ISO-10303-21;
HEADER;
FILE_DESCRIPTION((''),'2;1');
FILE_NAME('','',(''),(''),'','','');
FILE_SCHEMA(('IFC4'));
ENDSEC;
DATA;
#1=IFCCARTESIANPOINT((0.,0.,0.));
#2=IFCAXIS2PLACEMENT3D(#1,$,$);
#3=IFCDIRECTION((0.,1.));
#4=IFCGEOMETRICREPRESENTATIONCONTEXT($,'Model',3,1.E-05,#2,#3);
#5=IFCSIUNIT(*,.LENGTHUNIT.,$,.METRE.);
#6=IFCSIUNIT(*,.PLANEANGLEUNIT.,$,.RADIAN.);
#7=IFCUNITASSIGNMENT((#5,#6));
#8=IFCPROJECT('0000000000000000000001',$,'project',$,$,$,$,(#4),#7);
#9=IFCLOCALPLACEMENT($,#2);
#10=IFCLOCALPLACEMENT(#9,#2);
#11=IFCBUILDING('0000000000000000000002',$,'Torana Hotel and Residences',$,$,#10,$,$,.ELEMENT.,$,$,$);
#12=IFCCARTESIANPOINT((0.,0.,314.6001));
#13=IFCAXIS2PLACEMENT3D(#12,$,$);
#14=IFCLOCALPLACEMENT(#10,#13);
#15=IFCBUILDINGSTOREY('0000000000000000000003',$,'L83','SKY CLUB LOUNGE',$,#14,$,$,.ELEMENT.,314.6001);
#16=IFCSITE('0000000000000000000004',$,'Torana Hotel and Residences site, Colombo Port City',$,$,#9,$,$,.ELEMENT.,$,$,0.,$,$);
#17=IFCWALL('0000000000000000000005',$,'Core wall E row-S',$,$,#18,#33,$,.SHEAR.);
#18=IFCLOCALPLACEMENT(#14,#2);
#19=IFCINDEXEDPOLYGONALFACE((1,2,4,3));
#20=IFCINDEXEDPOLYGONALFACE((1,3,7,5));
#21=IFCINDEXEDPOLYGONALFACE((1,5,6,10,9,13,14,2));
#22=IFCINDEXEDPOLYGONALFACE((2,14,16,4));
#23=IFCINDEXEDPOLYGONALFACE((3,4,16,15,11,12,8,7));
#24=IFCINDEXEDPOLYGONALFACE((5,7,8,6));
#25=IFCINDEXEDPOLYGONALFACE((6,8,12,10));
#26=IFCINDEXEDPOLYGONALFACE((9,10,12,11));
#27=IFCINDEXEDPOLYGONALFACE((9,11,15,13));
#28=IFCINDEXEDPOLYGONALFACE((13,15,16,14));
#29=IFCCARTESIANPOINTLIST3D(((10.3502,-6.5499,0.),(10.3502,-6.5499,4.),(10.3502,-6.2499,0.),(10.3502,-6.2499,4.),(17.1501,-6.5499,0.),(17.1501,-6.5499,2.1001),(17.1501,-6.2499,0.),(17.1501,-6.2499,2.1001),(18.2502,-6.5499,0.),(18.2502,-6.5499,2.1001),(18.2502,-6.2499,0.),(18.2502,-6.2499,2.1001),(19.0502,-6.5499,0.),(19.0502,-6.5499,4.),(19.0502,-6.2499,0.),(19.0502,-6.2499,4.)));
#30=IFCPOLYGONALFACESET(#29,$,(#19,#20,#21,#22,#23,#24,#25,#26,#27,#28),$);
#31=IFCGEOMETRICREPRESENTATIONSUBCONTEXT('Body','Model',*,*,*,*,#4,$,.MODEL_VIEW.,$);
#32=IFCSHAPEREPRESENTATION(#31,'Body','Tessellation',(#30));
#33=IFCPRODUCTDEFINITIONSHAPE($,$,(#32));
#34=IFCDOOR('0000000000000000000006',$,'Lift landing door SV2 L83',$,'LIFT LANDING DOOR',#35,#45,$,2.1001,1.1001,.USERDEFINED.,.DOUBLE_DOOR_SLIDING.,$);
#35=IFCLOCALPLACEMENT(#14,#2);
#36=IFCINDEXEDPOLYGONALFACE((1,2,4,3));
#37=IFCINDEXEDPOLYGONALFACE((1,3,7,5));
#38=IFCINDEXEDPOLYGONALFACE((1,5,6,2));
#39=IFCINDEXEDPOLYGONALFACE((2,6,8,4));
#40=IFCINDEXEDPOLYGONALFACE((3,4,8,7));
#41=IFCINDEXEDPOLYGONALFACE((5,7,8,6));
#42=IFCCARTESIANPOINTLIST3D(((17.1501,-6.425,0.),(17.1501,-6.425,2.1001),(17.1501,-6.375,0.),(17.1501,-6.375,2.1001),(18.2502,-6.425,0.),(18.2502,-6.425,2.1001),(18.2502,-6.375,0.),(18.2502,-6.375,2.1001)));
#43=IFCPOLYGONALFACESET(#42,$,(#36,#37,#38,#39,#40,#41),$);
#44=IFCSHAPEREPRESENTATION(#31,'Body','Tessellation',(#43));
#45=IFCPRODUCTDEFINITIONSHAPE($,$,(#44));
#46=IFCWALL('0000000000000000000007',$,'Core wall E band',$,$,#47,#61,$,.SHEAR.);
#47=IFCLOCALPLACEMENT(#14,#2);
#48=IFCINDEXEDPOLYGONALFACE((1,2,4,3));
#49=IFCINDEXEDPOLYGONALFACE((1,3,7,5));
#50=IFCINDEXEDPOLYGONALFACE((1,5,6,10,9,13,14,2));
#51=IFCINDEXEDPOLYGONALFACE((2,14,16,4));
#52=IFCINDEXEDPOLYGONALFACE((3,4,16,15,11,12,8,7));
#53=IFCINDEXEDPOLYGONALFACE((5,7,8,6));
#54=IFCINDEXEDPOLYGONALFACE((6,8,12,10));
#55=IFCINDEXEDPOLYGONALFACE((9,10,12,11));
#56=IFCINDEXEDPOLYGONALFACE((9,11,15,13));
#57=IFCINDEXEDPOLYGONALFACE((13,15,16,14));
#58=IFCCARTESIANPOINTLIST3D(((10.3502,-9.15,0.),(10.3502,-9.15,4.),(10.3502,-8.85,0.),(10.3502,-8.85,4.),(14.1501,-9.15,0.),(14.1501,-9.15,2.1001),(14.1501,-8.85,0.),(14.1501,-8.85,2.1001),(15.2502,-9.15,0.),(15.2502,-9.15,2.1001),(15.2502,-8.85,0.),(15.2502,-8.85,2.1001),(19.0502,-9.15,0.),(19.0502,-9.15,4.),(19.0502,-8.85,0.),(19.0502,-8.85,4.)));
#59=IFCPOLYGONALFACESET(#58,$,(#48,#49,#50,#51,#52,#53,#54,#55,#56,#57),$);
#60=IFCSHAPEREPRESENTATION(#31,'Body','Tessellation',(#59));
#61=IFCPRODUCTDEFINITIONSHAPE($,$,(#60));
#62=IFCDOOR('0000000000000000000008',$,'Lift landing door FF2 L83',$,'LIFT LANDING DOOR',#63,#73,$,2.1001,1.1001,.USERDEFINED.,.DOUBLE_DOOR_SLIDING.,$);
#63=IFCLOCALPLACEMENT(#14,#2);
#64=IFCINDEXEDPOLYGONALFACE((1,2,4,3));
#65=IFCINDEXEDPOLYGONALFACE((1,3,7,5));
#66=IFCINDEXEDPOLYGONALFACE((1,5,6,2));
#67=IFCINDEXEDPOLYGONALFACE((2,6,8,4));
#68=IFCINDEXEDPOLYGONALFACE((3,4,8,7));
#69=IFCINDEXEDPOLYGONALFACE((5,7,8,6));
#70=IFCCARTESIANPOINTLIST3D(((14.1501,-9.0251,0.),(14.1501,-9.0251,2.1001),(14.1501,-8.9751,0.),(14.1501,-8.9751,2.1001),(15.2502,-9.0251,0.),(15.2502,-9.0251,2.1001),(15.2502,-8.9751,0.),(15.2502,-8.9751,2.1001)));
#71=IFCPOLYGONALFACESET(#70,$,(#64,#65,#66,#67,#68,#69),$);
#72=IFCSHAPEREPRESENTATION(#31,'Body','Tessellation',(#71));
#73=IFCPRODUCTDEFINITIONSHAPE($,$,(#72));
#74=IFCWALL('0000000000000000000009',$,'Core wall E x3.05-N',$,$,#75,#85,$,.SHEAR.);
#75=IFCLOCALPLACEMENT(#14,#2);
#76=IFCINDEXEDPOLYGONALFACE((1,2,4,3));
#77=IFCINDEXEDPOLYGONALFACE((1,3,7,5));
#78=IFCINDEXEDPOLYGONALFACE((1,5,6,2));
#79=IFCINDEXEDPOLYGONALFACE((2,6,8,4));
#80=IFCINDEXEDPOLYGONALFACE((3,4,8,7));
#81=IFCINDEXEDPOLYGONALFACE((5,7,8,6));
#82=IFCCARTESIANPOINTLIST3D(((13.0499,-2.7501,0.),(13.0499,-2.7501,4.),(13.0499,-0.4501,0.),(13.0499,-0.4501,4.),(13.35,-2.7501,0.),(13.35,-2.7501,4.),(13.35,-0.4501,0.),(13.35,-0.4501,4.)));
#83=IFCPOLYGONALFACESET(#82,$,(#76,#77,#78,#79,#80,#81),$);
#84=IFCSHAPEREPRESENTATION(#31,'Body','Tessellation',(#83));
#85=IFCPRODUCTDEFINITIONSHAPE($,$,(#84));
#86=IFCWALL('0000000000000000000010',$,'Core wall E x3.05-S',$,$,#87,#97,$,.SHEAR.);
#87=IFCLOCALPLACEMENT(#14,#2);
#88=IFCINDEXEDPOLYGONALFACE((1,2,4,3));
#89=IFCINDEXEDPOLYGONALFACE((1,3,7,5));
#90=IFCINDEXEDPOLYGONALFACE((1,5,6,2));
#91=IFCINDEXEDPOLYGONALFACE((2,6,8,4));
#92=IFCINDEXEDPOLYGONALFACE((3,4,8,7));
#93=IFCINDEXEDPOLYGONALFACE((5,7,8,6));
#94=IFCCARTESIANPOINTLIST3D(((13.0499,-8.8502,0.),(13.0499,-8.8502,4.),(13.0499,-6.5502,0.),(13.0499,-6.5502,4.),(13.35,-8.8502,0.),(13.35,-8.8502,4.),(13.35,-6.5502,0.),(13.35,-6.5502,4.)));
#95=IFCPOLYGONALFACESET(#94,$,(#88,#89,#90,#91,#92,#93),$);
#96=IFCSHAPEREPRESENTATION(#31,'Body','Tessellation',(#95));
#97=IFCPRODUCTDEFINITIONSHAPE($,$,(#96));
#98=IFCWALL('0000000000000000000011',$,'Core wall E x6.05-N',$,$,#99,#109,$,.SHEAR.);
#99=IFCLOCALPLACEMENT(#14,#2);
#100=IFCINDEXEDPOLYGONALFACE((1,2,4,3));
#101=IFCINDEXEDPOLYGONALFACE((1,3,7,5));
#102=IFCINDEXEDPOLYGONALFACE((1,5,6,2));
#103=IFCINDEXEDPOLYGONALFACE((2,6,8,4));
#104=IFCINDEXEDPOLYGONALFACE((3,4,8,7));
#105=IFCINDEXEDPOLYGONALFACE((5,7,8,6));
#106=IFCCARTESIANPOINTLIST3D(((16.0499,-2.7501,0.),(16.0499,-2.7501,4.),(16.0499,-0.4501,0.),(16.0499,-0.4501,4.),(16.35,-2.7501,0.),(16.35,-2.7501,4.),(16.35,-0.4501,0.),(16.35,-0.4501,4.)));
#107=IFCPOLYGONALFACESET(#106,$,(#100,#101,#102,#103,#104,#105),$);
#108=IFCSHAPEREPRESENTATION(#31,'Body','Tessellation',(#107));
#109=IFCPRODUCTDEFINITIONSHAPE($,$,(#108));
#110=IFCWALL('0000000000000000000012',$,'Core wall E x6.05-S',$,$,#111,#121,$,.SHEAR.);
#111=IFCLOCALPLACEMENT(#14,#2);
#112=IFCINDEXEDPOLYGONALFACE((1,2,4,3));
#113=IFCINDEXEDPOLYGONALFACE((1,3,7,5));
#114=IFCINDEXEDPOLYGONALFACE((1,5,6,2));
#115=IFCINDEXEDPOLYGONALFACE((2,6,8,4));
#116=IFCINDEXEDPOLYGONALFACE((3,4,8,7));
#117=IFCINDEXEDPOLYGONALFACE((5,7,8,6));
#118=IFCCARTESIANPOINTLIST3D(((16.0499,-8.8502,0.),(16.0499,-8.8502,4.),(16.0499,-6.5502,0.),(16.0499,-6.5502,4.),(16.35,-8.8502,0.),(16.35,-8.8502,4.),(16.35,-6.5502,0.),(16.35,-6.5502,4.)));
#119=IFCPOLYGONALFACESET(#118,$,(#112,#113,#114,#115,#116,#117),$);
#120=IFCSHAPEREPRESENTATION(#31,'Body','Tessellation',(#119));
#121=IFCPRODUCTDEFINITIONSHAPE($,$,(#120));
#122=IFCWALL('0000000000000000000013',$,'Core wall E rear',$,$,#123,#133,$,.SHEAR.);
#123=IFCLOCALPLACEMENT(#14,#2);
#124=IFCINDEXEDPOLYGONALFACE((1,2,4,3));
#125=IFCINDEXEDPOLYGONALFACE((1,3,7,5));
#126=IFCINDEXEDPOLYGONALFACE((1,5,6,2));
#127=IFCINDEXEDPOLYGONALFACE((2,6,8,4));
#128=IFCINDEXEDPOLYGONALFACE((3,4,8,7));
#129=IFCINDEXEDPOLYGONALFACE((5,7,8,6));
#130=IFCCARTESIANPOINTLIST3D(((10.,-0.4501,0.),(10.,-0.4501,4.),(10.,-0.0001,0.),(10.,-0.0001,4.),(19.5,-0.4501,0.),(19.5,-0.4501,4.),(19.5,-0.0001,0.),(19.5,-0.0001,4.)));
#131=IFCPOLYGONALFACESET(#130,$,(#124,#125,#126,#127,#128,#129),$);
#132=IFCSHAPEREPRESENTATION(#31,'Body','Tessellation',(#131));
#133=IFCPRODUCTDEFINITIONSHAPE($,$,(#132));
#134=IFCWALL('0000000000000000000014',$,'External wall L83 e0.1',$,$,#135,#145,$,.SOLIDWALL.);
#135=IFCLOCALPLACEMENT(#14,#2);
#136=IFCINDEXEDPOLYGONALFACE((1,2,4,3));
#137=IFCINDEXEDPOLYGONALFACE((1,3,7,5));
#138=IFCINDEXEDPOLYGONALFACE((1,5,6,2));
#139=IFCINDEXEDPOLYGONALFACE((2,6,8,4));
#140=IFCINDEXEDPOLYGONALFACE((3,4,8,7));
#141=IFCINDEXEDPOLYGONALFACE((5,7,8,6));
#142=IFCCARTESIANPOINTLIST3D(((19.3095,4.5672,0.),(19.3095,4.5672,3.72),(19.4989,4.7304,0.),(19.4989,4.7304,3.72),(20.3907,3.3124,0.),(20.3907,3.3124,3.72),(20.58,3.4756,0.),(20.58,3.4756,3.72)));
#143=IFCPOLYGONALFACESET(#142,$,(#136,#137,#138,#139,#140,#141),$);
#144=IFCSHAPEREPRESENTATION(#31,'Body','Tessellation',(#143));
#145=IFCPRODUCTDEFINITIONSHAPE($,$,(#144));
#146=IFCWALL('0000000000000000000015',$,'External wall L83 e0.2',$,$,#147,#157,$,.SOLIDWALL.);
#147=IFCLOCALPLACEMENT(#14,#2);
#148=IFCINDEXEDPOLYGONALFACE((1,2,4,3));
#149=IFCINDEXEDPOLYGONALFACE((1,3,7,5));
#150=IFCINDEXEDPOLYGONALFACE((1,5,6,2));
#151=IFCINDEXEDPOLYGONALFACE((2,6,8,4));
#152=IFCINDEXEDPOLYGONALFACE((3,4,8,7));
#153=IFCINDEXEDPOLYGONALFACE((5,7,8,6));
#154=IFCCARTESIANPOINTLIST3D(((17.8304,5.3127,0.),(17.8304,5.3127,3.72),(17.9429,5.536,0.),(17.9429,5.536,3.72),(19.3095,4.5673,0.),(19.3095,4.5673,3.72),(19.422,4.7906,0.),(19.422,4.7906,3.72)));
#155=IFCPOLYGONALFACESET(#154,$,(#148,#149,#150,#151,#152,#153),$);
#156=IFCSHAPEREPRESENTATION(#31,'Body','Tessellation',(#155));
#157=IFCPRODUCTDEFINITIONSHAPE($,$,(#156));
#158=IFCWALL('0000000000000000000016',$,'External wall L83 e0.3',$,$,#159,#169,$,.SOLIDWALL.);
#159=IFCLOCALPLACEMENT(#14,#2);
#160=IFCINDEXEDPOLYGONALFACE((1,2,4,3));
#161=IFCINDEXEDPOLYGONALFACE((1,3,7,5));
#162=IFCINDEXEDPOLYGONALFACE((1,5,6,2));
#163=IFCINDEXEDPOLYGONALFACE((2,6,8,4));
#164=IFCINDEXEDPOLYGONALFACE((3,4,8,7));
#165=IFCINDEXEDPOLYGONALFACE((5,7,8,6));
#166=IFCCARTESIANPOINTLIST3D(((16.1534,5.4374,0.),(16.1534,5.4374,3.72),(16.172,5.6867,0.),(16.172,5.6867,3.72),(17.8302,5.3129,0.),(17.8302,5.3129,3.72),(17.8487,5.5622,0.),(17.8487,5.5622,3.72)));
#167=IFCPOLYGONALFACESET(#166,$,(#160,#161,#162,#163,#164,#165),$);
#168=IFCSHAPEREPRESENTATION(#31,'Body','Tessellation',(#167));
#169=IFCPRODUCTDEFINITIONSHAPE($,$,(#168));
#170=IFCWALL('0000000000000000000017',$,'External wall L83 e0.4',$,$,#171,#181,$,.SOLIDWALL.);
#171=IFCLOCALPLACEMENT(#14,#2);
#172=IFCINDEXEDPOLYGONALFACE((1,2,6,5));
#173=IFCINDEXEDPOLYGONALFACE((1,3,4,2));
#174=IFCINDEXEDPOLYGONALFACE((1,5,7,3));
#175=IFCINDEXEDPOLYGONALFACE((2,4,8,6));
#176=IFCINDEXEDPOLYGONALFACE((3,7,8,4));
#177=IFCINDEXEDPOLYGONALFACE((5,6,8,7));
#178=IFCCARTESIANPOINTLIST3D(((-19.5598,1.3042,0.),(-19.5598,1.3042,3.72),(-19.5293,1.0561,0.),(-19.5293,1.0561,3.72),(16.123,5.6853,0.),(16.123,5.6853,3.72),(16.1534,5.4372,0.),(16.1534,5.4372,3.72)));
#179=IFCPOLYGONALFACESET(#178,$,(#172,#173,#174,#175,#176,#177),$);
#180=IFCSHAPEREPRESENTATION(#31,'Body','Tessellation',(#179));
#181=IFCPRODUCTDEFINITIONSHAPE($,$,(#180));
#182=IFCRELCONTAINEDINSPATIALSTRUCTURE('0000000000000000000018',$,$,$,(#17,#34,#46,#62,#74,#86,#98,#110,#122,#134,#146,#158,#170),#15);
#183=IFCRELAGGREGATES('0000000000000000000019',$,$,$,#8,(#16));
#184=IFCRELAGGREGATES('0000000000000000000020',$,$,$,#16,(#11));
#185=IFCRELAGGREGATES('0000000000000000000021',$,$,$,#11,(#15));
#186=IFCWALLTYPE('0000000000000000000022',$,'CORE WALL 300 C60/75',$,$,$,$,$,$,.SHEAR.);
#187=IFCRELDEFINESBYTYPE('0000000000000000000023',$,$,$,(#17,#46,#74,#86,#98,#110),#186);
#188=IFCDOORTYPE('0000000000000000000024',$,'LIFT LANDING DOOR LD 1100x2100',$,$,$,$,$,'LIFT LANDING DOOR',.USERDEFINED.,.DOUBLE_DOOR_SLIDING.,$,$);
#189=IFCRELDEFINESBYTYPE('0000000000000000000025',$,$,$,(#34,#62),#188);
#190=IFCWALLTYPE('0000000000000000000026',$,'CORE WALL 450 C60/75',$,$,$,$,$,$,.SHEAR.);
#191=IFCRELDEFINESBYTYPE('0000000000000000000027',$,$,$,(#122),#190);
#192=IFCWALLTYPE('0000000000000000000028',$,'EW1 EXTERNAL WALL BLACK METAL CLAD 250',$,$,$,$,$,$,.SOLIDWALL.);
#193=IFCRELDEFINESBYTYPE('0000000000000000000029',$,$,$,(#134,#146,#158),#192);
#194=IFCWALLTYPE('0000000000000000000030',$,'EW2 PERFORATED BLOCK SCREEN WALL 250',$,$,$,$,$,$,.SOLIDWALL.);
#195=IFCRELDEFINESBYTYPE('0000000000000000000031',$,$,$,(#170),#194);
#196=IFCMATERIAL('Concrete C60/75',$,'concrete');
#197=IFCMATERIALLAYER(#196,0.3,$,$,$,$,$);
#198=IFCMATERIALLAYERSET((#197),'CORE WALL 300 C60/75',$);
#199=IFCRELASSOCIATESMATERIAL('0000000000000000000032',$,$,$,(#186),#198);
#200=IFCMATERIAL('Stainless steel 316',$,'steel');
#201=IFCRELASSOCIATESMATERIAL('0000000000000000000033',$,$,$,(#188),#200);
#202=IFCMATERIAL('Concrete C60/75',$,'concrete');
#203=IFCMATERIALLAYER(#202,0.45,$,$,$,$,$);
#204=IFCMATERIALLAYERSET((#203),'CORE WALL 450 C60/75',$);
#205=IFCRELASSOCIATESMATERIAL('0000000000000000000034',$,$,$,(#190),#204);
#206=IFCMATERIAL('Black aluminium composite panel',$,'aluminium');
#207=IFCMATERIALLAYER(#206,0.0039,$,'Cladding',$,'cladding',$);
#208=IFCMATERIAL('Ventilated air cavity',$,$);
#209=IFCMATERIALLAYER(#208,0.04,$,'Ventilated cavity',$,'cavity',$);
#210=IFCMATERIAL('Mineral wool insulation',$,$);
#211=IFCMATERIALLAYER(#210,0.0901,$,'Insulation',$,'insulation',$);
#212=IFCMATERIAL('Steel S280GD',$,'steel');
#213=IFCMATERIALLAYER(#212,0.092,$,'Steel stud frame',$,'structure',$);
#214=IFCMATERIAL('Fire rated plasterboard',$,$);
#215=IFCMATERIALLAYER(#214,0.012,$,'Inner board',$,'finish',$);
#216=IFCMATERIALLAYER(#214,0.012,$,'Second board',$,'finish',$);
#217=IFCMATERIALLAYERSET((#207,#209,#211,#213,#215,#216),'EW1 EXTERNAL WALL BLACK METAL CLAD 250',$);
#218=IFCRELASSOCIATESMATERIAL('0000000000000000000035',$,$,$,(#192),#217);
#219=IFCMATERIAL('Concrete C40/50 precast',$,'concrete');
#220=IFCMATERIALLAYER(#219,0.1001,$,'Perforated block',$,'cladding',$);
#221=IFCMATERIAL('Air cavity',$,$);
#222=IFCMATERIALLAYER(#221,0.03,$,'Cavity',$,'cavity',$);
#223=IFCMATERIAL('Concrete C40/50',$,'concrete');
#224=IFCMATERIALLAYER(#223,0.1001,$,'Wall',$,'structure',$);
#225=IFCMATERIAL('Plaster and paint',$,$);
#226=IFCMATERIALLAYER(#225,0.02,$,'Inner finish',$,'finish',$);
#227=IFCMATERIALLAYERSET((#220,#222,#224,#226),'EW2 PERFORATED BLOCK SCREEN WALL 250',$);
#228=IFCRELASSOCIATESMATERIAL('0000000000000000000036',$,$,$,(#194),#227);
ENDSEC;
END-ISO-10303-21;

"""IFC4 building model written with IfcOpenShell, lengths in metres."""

from ifc_helpers import new_model, si_unit, direction, frame, frame_2d, origin, place, context, subcontext, project, spatial, rectangle, extrude, material, layer, layer_set, type_object, element, fill, save


model = new_model("IFC4")

# Units and contexts
model_context = context("Model", 3, precision=1e-05, world=origin(), true_north=direction((0.0, 1.0)))
body_context = subcontext(model_context, "Body", "Model", "MODEL_VIEW")
ifc_project = project(units=[si_unit("LENGTHUNIT", "METRE"), si_unit("PLANEANGLEUNIT", "RADIAN")], contexts=[model_context])

# Site, building, storey
site_placement = place(None, origin())
site = spatial("IfcSite", under=ifc_project, at=site_placement, Name="Torana Hotel and Residences site, Colombo Port City", CompositionType="ELEMENT", RefElevation=0.0)
building_placement = place(site_placement, origin())
building = spatial("IfcBuilding", under=site, at=building_placement, Name="Torana Hotel and Residences", CompositionType="ELEMENT")
storey_placement = place(building_placement, frame((0.0, 0.0, 314.6001)))
storey = spatial("IfcBuildingStorey", under=building, at=storey_placement, Name="L83", Description="SKY CLUB LOUNGE", CompositionType="ELEMENT", Elevation=314.6001)

# Shared definitions
ifc_material_1 = material(Name="Concrete C60/75", Category="concrete")
ifc_layer_1 = layer(ifc_material_1, 0.3)
ifc_layer_set_1 = layer_set([ifc_layer_1], Name="CORE WALL 300 C60/75")
wall_type_1 = type_object("IfcWallType", Name="CORE WALL 300 C60/75", PredefinedType="SHEAR", material=ifc_layer_set_1)
ifc_material_2 = material(Name="Stainless steel 316", Category="steel")
door_type_1 = type_object("IfcDoorType", Name="LIFT LANDING DOOR LD 1100x2100", ElementType="LIFT LANDING DOOR", OperationType="DOUBLE_DOOR_SLIDING", PredefinedType="USERDEFINED", material=ifc_material_2)

# Walls, openings, doors
wall_1_placement = place(storey_placement, frame((10.3501, -6.3999, 0.0), z_axis=(0.0, 0.0, 1.0), x_axis=(1.0, 0.0, 0.0)))
wall_1 = element("IfcWall", 1, at=wall_1_placement, inside=storey, type_object=wall_type_1, Name="Core wall E row-S", PredefinedType="SHEAR", context=body_context, shape_type="SweptSolid", body=[
    extrude(rectangle(XDim=8.7, YDim=0.3, at=frame_2d((4.3501, 0.0))), origin(), (0.0, 0.0, 1.0), 4.0),
])
opening_1_placement = place(wall_1_placement, frame((6.8, 0.0, 0.0)))
opening_1 = element("IfcOpeningElement", 2, at=opening_1_placement, cuts=wall_1, PredefinedType="OPENING", context=body_context, shape_type="SweptSolid", body=[
    extrude(rectangle(XDim=1.1001, YDim=2.1001, at=frame_2d((0.55, 1.05))), frame((0.0, 0.1599, 0.0), z_axis=(0.0, -1.0, 0.0), x_axis=(1.0, 0.0, 0.0)), (0.0, 0.0, 1.0), 0.3201),
])
door_1_placement = place(opening_1_placement, origin())
door_1 = element("IfcDoor", 3, at=door_1_placement, inside=storey, type_object=door_type_1, Name="Lift landing door SV2 L83", ObjectType="LIFT LANDING DOOR", OperationType="DOUBLE_DOOR_SLIDING", OverallHeight=2.1001, OverallWidth=1.1001, PredefinedType="USERDEFINED", context=body_context, shape_type="SweptSolid", body=[
    extrude(rectangle(XDim=1.1001, YDim=2.1001, at=frame_2d((0.55, 1.05))), frame((0.0, 0.0249, 0.0), z_axis=(0.0, -1.0, 0.0), x_axis=(1.0, 0.0, 0.0)), (0.0, 0.0, 1.0), 0.05),
])
fill(opening_1, door_1)
wall_2_placement = place(storey_placement, frame((10.3501, -9.0, 0.0), z_axis=(0.0, 0.0, 1.0), x_axis=(1.0, 0.0, 0.0)))
wall_2 = element("IfcWall", 4, at=wall_2_placement, inside=storey, type_object=wall_type_1, Name="Core wall E band", PredefinedType="SHEAR", context=body_context, shape_type="SweptSolid", body=[
    extrude(rectangle(XDim=8.7, YDim=0.3, at=frame_2d((4.3501, 0.0))), origin(), (0.0, 0.0, 1.0), 4.0),
])
opening_2_placement = place(wall_2_placement, frame((3.8, 0.0, 0.0)))
opening_2 = element("IfcOpeningElement", 5, at=opening_2_placement, cuts=wall_2, PredefinedType="OPENING", context=body_context, shape_type="SweptSolid", body=[
    extrude(rectangle(XDim=1.1001, YDim=2.1001, at=frame_2d((0.55, 1.05))), frame((0.0, 0.1599, 0.0), z_axis=(0.0, -1.0, 0.0), x_axis=(1.0, 0.0, 0.0)), (0.0, 0.0, 1.0), 0.3201),
])
door_2_placement = place(opening_2_placement, origin())
door_2 = element("IfcDoor", 6, at=door_2_placement, inside=storey, type_object=door_type_1, Name="Lift landing door FF2 L83", ObjectType="LIFT LANDING DOOR", OperationType="DOUBLE_DOOR_SLIDING", OverallHeight=2.1001, OverallWidth=1.1001, PredefinedType="USERDEFINED", context=body_context, shape_type="SweptSolid", body=[
    extrude(rectangle(XDim=1.1001, YDim=2.1001, at=frame_2d((0.55, 1.05))), frame((0.0, 0.0249, 0.0), z_axis=(0.0, -1.0, 0.0), x_axis=(1.0, 0.0, 0.0)), (0.0, 0.0, 1.0), 0.05),
])
fill(opening_2, door_2)

# Walls
for number, where, z_axis, x_axis, name in (
    (7, (13.2, -2.75, 0.0), (0.0, 0.0, 1.0), (0.0, 1.0, 0.0), "Core wall E x3.05-N"),
    (8, (13.2, -8.8501, 0.0), (0.0, 0.0, 1.0), (0.0, 1.0, 0.0), "Core wall E x3.05-S"),
    (9, (16.2, -2.75, 0.0), (0.0, 0.0, 1.0), (0.0, 1.0, 0.0), "Core wall E x6.05-N"),
    (10, (16.2, -8.8501, 0.0), (0.0, 0.0, 1.0), (0.0, 1.0, 0.0), "Core wall E x6.05-S"),
):
    element("IfcWall", number, at=place(storey_placement, frame(where, z_axis=z_axis, x_axis=x_axis)), inside=storey, type_object=wall_type_1, Name=name, PredefinedType="SHEAR", context=body_context, shape_type="SweptSolid", body=[
        extrude(rectangle(XDim=2.3, YDim=0.3, at=frame_2d((1.1499, 0.0))), origin(), (0.0, 0.0, 1.0), 4.0),
    ])
ifc_material_3 = material(Name="Concrete C60/75", Category="concrete")
ifc_layer_2 = layer(ifc_material_3, 0.45)
ifc_layer_set_2 = layer_set([ifc_layer_2], Name="CORE WALL 450 C60/75")
wall_type_2 = type_object("IfcWallType", Name="CORE WALL 450 C60/75", PredefinedType="SHEAR", material=ifc_layer_set_2)
wall_3_placement = place(storey_placement, frame((10.0, -0.2251, 0.0), z_axis=(0.0, 0.0, 1.0), x_axis=(1.0, 0.0, 0.0)))
element("IfcWall", 11, at=wall_3_placement, inside=storey, type_object=wall_type_2, Name="Core wall E rear", PredefinedType="SHEAR", context=body_context, shape_type="SweptSolid", body=[
    extrude(rectangle(XDim=9.5, YDim=0.45, at=frame_2d((4.75, 0.0))), origin(), (0.0, 0.0, 1.0), 4.0),
])
ifc_material_4 = material(Name="Black aluminium composite panel", Category="aluminium")
ifc_layer_3 = layer(ifc_material_4, 0.0039, Name="Cladding", Category="cladding")
ifc_material_5 = material(Name="Ventilated air cavity")
ifc_layer_4 = layer(ifc_material_5, 0.04, Name="Ventilated cavity", Category="cavity")
ifc_material_6 = material(Name="Mineral wool insulation")
ifc_layer_5 = layer(ifc_material_6, 0.0901, Name="Insulation", Category="insulation")
ifc_material_7 = material(Name="Steel S280GD", Category="steel")
ifc_layer_6 = layer(ifc_material_7, 0.092, Name="Steel stud frame", Category="structure")
ifc_material_8 = material(Name="Fire rated plasterboard")
ifc_layer_7 = layer(ifc_material_8, 0.012, Name="Inner board", Category="finish")
ifc_layer_8 = layer(ifc_material_8, 0.012, Name="Second board", Category="finish")
ifc_layer_set_3 = layer_set([ifc_layer_3, ifc_layer_4, ifc_layer_5, ifc_layer_6, ifc_layer_7, ifc_layer_8], Name="EW1 EXTERNAL WALL BLACK METAL CLAD 250")
wall_type_3 = type_object("IfcWallType", Name="EW1 EXTERNAL WALL BLACK METAL CLAD 250", PredefinedType="SOLIDWALL", material=ifc_layer_set_3)
for number, where, z_axis, x_axis, name in (
    (12, (20.4854, 3.394, 0.0), (0.0, 0.0, 1.0), (-0.652756, 0.757568, 0.0), "External wall L83 e0.1"),
    (13, (19.3657, 4.679, 0.0), (0.0, 0.0, 1.0), (-0.893008, 0.450042, 0.0), "External wall L83 e0.2"),
):
    element("IfcWall", number, at=place(storey_placement, frame(where, z_axis=z_axis, x_axis=x_axis)), inside=storey, type_object=wall_type_3, Name=name, PredefinedType="SOLIDWALL", context=body_context, shape_type="SweptSolid", body=[
        extrude(rectangle(XDim=1.6562, YDim=0.25, at=frame_2d((0.8281, 0.0))), origin(), (0.0, 0.0, 1.0), 3.72),
    ])
wall_4_placement = place(storey_placement, frame((17.8396, 5.4375, 0.0), z_axis=(0.0, 0.0, 1.0), x_axis=(-0.997254, 0.074054, 0.0)))
element("IfcWall", 14, at=wall_4_placement, inside=storey, type_object=wall_type_3, Name="External wall L83 e0.3", PredefinedType="SOLIDWALL", context=body_context, shape_type="SweptSolid", body=[
    extrude(rectangle(XDim=1.6814, YDim=0.25, at=frame_2d((0.8408, 0.0))), origin(), (0.0, 0.0, 1.0), 3.72),
])
ifc_material_9 = material(Name="Concrete C40/50 precast", Category="concrete")
ifc_layer_9 = layer(ifc_material_9, 0.1001, Name="Perforated block", Category="cladding")
ifc_material_10 = material(Name="Air cavity")
ifc_layer_10 = layer(ifc_material_10, 0.03, Name="Cavity", Category="cavity")
ifc_material_11 = material(Name="Concrete C40/50", Category="concrete")
ifc_layer_11 = layer(ifc_material_11, 0.1001, Name="Wall", Category="structure")
ifc_material_12 = material(Name="Plaster and paint")
ifc_layer_12 = layer(ifc_material_12, 0.02, Name="Inner finish", Category="finish")
ifc_layer_set_4 = layer_set([ifc_layer_9, ifc_layer_10, ifc_layer_11, ifc_layer_12], Name="EW2 PERFORATED BLOCK SCREEN WALL 250")
wall_type_4 = type_object("IfcWallType", Name="EW2 PERFORATED BLOCK SCREEN WALL 250", PredefinedType="SOLIDWALL", material=ifc_layer_set_4)
wall_5_placement = place(storey_placement, frame((16.1382, 5.5613, 0.0), z_axis=(0.0, 0.0, 1.0), x_axis=(-0.992547, -0.121865, 0.0)))
element("IfcWall", 15, at=wall_5_placement, inside=storey, type_object=wall_type_4, Name="External wall L83 e0.4", PredefinedType="SOLIDWALL", context=body_context, shape_type="SweptSolid", body=[
    extrude(rectangle(XDim=35.9507, YDim=0.25, at=frame_2d((17.9753, 0.0))), origin(), (0.0, 0.0, 1.0), 3.72),
])

save(model, "model.ifc")
